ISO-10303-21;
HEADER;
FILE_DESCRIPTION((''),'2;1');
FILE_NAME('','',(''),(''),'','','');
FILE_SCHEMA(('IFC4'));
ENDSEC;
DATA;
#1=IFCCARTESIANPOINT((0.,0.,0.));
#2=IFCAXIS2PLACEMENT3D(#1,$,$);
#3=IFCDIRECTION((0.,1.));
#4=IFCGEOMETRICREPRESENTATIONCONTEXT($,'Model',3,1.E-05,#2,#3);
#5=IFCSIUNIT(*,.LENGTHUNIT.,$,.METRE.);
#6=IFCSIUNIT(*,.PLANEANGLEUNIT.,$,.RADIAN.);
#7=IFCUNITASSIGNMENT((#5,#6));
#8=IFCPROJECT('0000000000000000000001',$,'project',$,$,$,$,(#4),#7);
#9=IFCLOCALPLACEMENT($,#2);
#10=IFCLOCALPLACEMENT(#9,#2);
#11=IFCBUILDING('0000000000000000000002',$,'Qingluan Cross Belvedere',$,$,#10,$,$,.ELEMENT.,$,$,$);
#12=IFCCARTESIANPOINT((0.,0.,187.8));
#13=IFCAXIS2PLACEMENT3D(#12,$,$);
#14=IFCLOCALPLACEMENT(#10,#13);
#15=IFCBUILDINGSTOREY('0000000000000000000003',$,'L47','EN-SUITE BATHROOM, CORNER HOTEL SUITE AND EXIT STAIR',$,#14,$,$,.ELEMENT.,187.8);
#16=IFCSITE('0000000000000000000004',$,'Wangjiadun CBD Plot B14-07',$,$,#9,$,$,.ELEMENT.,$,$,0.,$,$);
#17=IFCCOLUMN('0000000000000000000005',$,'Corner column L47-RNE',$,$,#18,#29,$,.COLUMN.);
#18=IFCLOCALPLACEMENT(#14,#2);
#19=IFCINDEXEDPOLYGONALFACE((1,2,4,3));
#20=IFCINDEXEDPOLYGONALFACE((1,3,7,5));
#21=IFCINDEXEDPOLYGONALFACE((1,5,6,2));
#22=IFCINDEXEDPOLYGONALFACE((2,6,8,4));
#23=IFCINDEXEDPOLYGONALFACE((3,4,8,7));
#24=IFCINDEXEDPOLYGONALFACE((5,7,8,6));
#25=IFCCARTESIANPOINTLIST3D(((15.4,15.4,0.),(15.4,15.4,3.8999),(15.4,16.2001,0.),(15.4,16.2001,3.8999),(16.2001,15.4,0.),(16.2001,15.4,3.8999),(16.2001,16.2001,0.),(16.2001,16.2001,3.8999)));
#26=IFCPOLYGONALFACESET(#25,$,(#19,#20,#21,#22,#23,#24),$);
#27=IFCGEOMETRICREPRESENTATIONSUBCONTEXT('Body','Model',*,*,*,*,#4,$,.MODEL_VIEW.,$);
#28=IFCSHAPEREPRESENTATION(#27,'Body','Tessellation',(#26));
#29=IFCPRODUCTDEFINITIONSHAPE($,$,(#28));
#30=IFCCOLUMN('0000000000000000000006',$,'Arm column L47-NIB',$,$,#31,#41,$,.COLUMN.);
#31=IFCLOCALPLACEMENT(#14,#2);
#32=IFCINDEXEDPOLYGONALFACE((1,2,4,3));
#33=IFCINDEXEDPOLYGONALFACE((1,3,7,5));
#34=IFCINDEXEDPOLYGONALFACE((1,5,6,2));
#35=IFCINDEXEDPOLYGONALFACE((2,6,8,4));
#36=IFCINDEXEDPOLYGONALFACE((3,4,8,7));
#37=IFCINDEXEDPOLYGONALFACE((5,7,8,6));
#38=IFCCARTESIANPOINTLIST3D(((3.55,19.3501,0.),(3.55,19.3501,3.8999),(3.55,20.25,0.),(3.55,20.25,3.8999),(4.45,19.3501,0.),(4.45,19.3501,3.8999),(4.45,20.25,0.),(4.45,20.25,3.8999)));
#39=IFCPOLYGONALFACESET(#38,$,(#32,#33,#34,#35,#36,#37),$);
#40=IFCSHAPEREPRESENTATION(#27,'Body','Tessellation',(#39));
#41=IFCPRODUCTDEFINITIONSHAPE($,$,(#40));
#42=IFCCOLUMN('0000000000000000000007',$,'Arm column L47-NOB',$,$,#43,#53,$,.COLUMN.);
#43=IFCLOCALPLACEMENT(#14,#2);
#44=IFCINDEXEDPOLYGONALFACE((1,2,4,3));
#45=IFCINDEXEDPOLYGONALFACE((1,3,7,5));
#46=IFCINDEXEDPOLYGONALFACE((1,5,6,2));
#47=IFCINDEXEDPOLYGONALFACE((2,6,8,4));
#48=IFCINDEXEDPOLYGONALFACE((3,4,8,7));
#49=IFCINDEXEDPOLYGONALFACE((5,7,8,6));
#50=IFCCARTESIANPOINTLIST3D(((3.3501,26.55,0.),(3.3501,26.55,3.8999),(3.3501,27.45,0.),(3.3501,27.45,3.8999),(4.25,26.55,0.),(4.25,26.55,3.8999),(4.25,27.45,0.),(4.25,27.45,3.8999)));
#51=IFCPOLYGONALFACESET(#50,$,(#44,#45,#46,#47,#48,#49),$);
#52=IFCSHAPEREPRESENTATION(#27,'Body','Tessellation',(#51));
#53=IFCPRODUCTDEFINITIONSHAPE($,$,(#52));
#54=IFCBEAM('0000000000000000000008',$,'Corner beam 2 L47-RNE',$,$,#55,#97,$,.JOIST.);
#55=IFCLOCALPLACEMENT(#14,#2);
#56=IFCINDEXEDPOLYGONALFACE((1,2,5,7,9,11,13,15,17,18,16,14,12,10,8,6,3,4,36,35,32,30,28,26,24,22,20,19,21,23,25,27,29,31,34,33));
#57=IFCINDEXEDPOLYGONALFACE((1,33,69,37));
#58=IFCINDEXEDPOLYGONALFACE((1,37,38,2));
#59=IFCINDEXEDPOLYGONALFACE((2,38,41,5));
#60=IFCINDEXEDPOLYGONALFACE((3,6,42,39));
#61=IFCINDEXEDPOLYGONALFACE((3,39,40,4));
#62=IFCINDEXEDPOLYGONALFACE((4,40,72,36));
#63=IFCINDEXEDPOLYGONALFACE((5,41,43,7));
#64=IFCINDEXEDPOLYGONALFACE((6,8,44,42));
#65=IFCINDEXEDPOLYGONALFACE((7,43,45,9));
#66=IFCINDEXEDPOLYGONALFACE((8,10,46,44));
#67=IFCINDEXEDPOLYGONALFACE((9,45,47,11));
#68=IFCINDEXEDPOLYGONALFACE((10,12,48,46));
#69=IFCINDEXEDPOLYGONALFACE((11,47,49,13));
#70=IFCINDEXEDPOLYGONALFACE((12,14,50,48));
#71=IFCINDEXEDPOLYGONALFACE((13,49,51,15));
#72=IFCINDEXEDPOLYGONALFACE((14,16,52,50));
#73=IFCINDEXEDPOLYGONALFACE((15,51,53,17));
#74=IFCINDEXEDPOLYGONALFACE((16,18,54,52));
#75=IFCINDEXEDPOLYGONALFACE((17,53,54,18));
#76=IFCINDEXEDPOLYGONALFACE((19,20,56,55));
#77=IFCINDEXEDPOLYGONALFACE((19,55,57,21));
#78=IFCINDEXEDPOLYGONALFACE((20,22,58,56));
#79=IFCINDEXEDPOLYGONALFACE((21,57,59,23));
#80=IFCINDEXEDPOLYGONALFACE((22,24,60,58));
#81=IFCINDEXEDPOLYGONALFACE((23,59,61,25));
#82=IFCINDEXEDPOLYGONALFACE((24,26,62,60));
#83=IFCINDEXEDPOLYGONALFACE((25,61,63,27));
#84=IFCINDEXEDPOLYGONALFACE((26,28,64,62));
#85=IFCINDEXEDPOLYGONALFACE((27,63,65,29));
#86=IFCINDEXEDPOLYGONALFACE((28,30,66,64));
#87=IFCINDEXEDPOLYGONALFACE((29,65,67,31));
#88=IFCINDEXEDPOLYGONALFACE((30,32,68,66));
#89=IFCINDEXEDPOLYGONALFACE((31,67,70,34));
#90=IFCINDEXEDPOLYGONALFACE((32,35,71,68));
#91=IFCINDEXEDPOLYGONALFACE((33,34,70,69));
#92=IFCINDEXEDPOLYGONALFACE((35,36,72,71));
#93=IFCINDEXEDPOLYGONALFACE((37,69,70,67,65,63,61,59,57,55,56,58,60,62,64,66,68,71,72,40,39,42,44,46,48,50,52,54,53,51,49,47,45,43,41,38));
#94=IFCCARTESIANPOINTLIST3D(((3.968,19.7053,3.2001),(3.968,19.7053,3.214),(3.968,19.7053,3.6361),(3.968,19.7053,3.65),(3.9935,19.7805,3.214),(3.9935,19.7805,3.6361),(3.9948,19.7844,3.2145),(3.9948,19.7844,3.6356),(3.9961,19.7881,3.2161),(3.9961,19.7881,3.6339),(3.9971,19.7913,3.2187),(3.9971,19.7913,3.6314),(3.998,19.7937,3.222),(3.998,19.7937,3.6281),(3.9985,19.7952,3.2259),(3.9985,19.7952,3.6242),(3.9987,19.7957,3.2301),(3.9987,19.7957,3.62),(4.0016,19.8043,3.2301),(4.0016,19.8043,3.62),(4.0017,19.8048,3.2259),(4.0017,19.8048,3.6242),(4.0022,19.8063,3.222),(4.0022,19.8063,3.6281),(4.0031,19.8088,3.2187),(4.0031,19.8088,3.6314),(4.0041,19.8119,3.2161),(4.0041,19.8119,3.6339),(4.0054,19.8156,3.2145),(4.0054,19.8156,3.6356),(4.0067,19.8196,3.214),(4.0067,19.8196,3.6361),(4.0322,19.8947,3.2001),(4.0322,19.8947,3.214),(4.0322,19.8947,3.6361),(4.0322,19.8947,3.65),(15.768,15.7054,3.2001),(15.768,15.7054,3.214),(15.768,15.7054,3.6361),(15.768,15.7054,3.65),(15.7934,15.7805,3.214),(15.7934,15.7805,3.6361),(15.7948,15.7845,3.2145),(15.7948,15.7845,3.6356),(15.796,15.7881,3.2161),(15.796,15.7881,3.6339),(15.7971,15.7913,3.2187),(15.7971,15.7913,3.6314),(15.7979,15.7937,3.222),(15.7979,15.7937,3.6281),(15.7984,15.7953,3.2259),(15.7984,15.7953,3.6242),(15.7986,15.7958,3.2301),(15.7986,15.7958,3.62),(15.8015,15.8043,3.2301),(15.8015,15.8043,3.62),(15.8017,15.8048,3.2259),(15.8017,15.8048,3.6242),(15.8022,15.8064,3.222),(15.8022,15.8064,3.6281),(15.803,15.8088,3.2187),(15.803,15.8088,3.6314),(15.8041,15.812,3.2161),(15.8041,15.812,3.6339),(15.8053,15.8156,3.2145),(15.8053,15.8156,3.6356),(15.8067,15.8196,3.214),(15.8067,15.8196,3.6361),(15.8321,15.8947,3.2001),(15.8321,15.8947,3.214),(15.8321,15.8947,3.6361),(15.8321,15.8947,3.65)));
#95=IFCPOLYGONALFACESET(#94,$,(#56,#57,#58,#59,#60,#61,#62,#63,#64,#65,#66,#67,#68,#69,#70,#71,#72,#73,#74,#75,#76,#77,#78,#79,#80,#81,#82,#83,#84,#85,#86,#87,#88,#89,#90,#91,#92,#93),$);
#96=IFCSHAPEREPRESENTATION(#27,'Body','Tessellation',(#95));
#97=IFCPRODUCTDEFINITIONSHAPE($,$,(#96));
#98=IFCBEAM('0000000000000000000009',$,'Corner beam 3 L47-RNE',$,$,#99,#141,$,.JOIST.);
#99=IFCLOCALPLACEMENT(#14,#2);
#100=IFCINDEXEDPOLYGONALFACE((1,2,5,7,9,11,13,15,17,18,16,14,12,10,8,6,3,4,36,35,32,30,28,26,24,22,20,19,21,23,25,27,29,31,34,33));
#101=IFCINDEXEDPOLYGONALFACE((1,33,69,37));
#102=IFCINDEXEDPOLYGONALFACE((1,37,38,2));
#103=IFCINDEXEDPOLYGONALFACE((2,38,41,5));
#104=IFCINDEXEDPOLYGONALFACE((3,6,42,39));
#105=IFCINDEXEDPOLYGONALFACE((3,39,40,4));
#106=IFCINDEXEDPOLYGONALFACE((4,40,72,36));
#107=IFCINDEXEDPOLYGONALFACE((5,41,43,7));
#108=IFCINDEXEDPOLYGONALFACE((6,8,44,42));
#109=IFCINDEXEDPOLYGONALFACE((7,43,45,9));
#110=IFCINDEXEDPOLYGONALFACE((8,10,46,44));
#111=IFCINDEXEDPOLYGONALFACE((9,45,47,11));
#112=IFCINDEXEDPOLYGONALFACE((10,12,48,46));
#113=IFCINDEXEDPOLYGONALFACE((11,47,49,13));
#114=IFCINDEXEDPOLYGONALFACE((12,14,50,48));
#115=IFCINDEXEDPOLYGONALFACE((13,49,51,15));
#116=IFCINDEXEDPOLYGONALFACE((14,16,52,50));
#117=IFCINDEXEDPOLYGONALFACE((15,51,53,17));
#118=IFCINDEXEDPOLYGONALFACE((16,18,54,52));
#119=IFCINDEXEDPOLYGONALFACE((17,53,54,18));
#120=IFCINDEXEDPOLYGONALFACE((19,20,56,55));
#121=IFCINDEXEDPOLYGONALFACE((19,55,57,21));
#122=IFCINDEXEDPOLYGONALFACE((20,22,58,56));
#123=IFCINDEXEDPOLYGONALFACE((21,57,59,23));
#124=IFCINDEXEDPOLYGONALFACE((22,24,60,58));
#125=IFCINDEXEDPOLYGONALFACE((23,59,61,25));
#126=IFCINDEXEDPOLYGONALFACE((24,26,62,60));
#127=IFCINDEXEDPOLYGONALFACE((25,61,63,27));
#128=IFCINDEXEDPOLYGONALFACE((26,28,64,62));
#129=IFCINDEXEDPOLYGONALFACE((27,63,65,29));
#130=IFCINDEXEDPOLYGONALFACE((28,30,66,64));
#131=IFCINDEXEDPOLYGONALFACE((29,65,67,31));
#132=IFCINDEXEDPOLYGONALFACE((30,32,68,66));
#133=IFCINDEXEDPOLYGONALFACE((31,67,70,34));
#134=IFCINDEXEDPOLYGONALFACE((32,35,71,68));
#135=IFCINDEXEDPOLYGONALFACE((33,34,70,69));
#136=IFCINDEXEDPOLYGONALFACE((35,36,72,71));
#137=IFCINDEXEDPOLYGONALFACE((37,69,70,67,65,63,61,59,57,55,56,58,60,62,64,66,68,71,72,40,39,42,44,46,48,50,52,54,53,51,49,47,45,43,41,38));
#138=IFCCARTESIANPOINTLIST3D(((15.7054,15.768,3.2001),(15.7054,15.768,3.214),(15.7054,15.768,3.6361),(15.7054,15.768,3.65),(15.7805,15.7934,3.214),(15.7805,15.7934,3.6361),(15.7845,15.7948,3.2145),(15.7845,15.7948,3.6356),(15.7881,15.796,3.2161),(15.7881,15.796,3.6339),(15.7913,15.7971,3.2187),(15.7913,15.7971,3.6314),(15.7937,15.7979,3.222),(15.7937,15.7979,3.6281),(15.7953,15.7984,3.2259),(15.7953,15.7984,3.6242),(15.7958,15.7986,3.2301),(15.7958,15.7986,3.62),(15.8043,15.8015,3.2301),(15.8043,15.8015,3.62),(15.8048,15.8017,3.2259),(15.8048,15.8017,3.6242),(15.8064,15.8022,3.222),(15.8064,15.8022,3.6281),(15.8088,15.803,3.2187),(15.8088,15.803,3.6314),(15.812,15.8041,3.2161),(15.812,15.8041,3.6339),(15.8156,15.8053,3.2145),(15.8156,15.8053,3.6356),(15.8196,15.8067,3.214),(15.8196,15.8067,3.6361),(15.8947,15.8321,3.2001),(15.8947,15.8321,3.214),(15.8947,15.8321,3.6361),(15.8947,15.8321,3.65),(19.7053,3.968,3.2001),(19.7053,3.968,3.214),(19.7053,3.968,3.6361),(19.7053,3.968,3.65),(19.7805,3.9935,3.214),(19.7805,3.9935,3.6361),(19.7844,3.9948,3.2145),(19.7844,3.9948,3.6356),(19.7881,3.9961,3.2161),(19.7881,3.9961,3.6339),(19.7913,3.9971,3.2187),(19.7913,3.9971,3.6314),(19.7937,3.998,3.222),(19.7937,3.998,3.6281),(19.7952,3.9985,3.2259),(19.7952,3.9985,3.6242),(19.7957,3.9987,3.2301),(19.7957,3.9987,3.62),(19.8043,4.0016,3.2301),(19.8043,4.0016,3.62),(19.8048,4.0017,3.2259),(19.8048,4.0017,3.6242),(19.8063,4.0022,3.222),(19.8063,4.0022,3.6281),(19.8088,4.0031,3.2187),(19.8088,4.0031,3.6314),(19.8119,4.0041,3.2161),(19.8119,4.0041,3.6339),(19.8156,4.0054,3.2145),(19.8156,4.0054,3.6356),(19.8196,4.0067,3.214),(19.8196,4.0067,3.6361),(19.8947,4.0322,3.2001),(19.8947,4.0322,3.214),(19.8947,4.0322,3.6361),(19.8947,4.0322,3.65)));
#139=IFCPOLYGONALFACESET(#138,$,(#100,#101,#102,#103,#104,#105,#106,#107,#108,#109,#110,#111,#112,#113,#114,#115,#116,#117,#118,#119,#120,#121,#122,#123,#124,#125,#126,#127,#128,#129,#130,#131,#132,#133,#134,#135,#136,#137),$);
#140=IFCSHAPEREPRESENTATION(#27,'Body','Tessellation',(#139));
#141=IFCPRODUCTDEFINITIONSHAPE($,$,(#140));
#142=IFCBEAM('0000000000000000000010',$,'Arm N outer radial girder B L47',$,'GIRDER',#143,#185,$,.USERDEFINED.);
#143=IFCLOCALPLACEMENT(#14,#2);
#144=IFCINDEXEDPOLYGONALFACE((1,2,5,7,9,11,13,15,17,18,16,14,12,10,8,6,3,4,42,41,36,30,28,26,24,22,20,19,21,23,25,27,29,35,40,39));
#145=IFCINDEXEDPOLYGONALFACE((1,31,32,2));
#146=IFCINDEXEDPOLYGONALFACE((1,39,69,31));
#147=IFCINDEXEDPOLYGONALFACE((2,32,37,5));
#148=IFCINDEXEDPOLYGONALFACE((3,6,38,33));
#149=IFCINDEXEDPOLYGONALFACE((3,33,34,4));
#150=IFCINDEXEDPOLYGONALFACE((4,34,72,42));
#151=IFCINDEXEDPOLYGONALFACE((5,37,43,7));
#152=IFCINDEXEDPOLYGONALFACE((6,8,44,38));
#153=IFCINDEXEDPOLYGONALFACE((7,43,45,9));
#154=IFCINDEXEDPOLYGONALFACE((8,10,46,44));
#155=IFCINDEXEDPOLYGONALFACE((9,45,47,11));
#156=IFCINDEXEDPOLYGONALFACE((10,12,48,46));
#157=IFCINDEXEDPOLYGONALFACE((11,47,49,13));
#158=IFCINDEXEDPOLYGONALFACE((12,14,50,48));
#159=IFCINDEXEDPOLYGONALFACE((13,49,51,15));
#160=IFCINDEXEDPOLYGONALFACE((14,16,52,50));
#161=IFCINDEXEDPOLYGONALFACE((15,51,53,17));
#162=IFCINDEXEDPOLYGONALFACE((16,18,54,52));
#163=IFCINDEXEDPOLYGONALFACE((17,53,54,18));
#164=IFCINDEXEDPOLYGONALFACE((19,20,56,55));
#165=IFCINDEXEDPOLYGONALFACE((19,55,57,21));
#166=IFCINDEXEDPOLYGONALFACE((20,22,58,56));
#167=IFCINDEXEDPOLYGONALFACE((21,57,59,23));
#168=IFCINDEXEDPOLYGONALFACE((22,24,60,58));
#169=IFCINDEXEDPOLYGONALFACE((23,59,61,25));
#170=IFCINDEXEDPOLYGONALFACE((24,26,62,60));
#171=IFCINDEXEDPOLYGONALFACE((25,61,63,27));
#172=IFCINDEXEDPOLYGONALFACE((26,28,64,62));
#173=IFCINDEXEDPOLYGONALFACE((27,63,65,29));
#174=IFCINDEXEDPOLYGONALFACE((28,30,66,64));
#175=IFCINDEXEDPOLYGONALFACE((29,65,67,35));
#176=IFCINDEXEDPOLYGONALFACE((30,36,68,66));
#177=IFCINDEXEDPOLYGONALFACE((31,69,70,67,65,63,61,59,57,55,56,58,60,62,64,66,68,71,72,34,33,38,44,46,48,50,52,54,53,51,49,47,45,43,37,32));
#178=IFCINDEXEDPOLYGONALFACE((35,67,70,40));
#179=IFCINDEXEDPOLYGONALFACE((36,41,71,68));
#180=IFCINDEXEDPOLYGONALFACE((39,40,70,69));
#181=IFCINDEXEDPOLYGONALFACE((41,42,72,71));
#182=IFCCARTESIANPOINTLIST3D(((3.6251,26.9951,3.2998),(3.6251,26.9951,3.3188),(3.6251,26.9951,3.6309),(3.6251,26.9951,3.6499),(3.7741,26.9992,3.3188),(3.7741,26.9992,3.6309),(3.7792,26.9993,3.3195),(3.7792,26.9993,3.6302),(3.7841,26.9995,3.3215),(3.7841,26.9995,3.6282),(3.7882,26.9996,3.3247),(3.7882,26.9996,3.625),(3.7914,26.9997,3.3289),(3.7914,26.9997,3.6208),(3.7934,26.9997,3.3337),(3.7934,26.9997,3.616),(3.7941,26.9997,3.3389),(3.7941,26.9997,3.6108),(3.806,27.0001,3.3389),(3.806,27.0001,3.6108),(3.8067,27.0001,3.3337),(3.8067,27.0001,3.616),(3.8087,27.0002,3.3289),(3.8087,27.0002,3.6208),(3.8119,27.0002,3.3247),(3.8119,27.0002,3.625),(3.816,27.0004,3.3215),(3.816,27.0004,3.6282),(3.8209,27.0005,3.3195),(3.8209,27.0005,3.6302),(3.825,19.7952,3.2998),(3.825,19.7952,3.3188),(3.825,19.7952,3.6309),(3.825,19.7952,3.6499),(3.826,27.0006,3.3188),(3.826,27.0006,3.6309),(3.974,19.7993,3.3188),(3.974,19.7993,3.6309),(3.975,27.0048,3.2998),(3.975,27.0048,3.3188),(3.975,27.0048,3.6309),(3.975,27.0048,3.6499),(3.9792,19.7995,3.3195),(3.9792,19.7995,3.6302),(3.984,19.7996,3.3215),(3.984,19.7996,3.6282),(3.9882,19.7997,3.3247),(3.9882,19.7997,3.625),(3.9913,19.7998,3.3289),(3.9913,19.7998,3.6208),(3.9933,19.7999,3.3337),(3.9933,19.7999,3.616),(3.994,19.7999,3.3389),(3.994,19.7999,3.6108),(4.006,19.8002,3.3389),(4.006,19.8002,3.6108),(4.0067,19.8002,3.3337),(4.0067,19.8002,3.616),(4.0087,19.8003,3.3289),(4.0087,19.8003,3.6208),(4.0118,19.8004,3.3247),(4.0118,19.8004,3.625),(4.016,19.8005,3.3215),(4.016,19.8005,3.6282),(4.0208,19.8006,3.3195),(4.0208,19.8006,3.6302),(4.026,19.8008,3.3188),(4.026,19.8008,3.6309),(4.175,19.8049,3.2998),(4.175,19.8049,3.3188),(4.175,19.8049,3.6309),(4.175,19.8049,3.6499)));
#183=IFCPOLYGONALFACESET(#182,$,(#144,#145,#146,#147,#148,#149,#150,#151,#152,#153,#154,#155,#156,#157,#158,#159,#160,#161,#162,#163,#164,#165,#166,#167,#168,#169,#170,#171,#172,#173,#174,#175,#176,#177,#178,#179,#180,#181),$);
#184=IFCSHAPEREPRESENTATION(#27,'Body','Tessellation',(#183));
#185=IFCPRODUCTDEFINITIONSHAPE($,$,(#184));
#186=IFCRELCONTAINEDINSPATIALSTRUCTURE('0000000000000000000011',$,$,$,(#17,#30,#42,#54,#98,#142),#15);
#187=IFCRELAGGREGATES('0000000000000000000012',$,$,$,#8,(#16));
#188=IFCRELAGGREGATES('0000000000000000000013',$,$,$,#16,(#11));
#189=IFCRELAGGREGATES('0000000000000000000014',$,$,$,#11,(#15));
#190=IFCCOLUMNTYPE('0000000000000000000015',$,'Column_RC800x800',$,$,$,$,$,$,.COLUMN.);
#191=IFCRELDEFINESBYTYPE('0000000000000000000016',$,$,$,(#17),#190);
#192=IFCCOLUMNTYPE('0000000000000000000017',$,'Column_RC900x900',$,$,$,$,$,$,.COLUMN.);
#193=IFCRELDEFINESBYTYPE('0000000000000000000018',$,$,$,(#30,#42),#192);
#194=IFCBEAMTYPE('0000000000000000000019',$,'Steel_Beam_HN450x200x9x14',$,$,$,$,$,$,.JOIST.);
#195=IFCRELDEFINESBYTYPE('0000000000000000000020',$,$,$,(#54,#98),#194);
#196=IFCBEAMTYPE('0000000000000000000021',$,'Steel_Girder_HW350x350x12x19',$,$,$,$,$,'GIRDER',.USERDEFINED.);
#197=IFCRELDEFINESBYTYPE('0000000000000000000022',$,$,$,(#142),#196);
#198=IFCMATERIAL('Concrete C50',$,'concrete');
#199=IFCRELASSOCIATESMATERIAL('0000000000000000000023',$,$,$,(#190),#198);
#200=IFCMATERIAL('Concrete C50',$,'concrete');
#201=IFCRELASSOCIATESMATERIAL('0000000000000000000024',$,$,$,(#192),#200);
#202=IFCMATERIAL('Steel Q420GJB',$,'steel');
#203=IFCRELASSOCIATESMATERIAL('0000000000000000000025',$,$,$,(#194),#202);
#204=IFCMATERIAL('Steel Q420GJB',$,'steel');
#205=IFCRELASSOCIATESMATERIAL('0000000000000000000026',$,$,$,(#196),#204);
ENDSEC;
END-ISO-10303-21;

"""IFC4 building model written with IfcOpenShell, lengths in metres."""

from ifc_helpers import new_model, si_unit, direction, frame, origin, origin_2d, place, context, subcontext, project, spatial, rectangle, i_section, extrude, material, material_profile, profile_set, type_object, element, save


model = new_model("IFC4")

# Units and contexts
model_context = context("Model", 3, precision=1e-05, world=origin(), true_north=direction((0.0, 1.0)))
body_context = subcontext(model_context, "Body", "Model", "MODEL_VIEW")
ifc_project = project(units=[si_unit("LENGTHUNIT", "METRE"), si_unit("PLANEANGLEUNIT", "RADIAN")], contexts=[model_context])

# Site, building, storey
site_placement = place(None, origin())
site = spatial("IfcSite", under=ifc_project, at=site_placement, Name="Wangjiadun CBD Plot B14-07", CompositionType="ELEMENT", RefElevation=0.0)
building_placement = place(site_placement, origin())
building = spatial("IfcBuilding", under=site, at=building_placement, Name="Qingluan Cross Belvedere", CompositionType="ELEMENT")
storey_placement = place(building_placement, frame((0.0, 0.0, 187.8)))
storey = spatial("IfcBuildingStorey", under=building, at=storey_placement, Name="L47", Description="EN-SUITE BATHROOM, CORNER HOTEL SUITE AND EXIT STAIR", CompositionType="ELEMENT", Elevation=187.8)

# Columns
ifc_material_1 = material(Name="Concrete C50", Category="concrete")
ifc_material_profile_1 = material_profile(ifc_material_1, rectangle(XDim=0.8, YDim=0.8, at=origin_2d()), Name="RC800x800")
ifc_profile_set_1 = profile_set([ifc_material_profile_1], Name="Concrete C50")
column_type_1 = type_object("IfcColumnType", Name="Column_RC800x800", PredefinedType="COLUMN", material=ifc_profile_set_1)
column_placement = place(storey_placement, frame((15.8, 15.8, 0.0), z_axis=(0.0, 0.0, 1.0), x_axis=(1.0, 0.0, 0.0)))
element("IfcColumn", 1, at=column_placement, inside=storey, type_object=column_type_1, Name="Corner column L47-RNE", PredefinedType="COLUMN", context=body_context, shape_type="SweptSolid", body=[
    extrude(rectangle(XDim=0.8, YDim=0.8, at=origin_2d()), origin(), (0.0, 0.0, 1.0), 3.8999),
])
ifc_material_2 = material(Name="Concrete C50", Category="concrete")
ifc_material_profile_2 = material_profile(ifc_material_2, rectangle(XDim=0.8999, YDim=0.8999, at=origin_2d()), Name="RC900x900")
ifc_profile_set_2 = profile_set([ifc_material_profile_2], Name="Concrete C50")
column_type_2 = type_object("IfcColumnType", Name="Column_RC900x900", PredefinedType="COLUMN", material=ifc_profile_set_2)
for number, where, z_axis, x_axis, name in (
    (2, (4.0, 19.8, 0.0), (0.0, 0.0, 1.0), (1.0, 0.0, 0.0), "Arm column L47-NIB"),
    (3, (3.8, 27.0, 0.0), (0.0, 0.0, 1.0), (1.0, 0.0, 0.0), "Arm column L47-NOB"),
):
    element("IfcColumn", number, at=place(storey_placement, frame(where, z_axis=z_axis, x_axis=x_axis)), inside=storey, type_object=column_type_2, Name=name, PredefinedType="COLUMN", context=body_context, shape_type="SweptSolid", body=[
        extrude(rectangle(XDim=0.8999, YDim=0.8999, at=origin_2d()), origin(), (0.0, 0.0, 1.0), 3.8999),
    ])

# Beams
ifc_material_3 = material(Name="Steel Q420GJB", Category="steel")
ifc_material_profile_3 = material_profile(ifc_material_3, i_section(OverallWidth=0.2, OverallDepth=0.45, WebThickness=0.009, FlangeThickness=0.0139, FilletRadius=0.0161, at=origin_2d()), Name="HN450x200x9x14")
ifc_profile_set_3 = profile_set([ifc_material_profile_3], Name="Steel Q420GJB")
beam_type_1 = type_object("IfcBeamType", Name="Steel_Beam_HN450x200x9x14", PredefinedType="JOIST", material=ifc_profile_set_3)
for number, where, z_axis, x_axis, name in (
    (4, (15.8, 15.8, 3.425), (-0.947066, 0.321038, 0.0), (-0.321038, -0.947066, 0.0), "Corner beam 2 L47-RNE"),
    (5, (15.8, 15.8, 3.425), (0.321038, -0.947066, 0.0), (0.947066, 0.321038, 0.0), "Corner beam 3 L47-RNE"),
):
    element("IfcBeam", number, at=place(storey_placement, frame(where, z_axis=z_axis, x_axis=x_axis)), inside=storey, type_object=beam_type_1, Name=name, PredefinedType="JOIST", context=body_context, shape_type="SweptSolid", body=[
        extrude(i_section(OverallWidth=0.2, OverallDepth=0.45, WebThickness=0.009, FlangeThickness=0.0139, FilletRadius=0.0161, at=origin_2d()), origin(), (0.0, 0.0, 1.0), 12.4595),
    ])
ifc_material_4 = material(Name="Steel Q420GJB", Category="steel")
ifc_material_profile_4 = material_profile(ifc_material_4, i_section(OverallWidth=0.3501, OverallDepth=0.3501, WebThickness=0.012, FlangeThickness=0.019, FilletRadius=0.02, at=origin_2d()), Name="HW350x350x12x19")
ifc_profile_set_4 = profile_set([ifc_material_profile_4], Name="Steel Q420GJB")
beam_type_2 = type_object("IfcBeamType", Name="Steel_Girder_HW350x350x12x19", ElementType="GIRDER", PredefinedType="USERDEFINED", material=ifc_profile_set_4)
beam_placement = place(storey_placement, frame((4.0, 19.8, 3.4749), z_axis=(-0.02776, 0.999615, 0.0), x_axis=(-0.999615, -0.02776, 0.0)))
element("IfcBeam", 6, at=beam_placement, inside=storey, type_object=beam_type_2, Name="Arm N outer radial girder B L47", ObjectType="GIRDER", PredefinedType="USERDEFINED", context=body_context, shape_type="SweptSolid", body=[
    extrude(i_section(OverallWidth=0.3501, OverallDepth=0.3501, WebThickness=0.012, FlangeThickness=0.019, FilletRadius=0.02, at=origin_2d()), origin(), (0.0, 0.0, 1.0), 7.2026),
])

save(model, "model.ifc")
